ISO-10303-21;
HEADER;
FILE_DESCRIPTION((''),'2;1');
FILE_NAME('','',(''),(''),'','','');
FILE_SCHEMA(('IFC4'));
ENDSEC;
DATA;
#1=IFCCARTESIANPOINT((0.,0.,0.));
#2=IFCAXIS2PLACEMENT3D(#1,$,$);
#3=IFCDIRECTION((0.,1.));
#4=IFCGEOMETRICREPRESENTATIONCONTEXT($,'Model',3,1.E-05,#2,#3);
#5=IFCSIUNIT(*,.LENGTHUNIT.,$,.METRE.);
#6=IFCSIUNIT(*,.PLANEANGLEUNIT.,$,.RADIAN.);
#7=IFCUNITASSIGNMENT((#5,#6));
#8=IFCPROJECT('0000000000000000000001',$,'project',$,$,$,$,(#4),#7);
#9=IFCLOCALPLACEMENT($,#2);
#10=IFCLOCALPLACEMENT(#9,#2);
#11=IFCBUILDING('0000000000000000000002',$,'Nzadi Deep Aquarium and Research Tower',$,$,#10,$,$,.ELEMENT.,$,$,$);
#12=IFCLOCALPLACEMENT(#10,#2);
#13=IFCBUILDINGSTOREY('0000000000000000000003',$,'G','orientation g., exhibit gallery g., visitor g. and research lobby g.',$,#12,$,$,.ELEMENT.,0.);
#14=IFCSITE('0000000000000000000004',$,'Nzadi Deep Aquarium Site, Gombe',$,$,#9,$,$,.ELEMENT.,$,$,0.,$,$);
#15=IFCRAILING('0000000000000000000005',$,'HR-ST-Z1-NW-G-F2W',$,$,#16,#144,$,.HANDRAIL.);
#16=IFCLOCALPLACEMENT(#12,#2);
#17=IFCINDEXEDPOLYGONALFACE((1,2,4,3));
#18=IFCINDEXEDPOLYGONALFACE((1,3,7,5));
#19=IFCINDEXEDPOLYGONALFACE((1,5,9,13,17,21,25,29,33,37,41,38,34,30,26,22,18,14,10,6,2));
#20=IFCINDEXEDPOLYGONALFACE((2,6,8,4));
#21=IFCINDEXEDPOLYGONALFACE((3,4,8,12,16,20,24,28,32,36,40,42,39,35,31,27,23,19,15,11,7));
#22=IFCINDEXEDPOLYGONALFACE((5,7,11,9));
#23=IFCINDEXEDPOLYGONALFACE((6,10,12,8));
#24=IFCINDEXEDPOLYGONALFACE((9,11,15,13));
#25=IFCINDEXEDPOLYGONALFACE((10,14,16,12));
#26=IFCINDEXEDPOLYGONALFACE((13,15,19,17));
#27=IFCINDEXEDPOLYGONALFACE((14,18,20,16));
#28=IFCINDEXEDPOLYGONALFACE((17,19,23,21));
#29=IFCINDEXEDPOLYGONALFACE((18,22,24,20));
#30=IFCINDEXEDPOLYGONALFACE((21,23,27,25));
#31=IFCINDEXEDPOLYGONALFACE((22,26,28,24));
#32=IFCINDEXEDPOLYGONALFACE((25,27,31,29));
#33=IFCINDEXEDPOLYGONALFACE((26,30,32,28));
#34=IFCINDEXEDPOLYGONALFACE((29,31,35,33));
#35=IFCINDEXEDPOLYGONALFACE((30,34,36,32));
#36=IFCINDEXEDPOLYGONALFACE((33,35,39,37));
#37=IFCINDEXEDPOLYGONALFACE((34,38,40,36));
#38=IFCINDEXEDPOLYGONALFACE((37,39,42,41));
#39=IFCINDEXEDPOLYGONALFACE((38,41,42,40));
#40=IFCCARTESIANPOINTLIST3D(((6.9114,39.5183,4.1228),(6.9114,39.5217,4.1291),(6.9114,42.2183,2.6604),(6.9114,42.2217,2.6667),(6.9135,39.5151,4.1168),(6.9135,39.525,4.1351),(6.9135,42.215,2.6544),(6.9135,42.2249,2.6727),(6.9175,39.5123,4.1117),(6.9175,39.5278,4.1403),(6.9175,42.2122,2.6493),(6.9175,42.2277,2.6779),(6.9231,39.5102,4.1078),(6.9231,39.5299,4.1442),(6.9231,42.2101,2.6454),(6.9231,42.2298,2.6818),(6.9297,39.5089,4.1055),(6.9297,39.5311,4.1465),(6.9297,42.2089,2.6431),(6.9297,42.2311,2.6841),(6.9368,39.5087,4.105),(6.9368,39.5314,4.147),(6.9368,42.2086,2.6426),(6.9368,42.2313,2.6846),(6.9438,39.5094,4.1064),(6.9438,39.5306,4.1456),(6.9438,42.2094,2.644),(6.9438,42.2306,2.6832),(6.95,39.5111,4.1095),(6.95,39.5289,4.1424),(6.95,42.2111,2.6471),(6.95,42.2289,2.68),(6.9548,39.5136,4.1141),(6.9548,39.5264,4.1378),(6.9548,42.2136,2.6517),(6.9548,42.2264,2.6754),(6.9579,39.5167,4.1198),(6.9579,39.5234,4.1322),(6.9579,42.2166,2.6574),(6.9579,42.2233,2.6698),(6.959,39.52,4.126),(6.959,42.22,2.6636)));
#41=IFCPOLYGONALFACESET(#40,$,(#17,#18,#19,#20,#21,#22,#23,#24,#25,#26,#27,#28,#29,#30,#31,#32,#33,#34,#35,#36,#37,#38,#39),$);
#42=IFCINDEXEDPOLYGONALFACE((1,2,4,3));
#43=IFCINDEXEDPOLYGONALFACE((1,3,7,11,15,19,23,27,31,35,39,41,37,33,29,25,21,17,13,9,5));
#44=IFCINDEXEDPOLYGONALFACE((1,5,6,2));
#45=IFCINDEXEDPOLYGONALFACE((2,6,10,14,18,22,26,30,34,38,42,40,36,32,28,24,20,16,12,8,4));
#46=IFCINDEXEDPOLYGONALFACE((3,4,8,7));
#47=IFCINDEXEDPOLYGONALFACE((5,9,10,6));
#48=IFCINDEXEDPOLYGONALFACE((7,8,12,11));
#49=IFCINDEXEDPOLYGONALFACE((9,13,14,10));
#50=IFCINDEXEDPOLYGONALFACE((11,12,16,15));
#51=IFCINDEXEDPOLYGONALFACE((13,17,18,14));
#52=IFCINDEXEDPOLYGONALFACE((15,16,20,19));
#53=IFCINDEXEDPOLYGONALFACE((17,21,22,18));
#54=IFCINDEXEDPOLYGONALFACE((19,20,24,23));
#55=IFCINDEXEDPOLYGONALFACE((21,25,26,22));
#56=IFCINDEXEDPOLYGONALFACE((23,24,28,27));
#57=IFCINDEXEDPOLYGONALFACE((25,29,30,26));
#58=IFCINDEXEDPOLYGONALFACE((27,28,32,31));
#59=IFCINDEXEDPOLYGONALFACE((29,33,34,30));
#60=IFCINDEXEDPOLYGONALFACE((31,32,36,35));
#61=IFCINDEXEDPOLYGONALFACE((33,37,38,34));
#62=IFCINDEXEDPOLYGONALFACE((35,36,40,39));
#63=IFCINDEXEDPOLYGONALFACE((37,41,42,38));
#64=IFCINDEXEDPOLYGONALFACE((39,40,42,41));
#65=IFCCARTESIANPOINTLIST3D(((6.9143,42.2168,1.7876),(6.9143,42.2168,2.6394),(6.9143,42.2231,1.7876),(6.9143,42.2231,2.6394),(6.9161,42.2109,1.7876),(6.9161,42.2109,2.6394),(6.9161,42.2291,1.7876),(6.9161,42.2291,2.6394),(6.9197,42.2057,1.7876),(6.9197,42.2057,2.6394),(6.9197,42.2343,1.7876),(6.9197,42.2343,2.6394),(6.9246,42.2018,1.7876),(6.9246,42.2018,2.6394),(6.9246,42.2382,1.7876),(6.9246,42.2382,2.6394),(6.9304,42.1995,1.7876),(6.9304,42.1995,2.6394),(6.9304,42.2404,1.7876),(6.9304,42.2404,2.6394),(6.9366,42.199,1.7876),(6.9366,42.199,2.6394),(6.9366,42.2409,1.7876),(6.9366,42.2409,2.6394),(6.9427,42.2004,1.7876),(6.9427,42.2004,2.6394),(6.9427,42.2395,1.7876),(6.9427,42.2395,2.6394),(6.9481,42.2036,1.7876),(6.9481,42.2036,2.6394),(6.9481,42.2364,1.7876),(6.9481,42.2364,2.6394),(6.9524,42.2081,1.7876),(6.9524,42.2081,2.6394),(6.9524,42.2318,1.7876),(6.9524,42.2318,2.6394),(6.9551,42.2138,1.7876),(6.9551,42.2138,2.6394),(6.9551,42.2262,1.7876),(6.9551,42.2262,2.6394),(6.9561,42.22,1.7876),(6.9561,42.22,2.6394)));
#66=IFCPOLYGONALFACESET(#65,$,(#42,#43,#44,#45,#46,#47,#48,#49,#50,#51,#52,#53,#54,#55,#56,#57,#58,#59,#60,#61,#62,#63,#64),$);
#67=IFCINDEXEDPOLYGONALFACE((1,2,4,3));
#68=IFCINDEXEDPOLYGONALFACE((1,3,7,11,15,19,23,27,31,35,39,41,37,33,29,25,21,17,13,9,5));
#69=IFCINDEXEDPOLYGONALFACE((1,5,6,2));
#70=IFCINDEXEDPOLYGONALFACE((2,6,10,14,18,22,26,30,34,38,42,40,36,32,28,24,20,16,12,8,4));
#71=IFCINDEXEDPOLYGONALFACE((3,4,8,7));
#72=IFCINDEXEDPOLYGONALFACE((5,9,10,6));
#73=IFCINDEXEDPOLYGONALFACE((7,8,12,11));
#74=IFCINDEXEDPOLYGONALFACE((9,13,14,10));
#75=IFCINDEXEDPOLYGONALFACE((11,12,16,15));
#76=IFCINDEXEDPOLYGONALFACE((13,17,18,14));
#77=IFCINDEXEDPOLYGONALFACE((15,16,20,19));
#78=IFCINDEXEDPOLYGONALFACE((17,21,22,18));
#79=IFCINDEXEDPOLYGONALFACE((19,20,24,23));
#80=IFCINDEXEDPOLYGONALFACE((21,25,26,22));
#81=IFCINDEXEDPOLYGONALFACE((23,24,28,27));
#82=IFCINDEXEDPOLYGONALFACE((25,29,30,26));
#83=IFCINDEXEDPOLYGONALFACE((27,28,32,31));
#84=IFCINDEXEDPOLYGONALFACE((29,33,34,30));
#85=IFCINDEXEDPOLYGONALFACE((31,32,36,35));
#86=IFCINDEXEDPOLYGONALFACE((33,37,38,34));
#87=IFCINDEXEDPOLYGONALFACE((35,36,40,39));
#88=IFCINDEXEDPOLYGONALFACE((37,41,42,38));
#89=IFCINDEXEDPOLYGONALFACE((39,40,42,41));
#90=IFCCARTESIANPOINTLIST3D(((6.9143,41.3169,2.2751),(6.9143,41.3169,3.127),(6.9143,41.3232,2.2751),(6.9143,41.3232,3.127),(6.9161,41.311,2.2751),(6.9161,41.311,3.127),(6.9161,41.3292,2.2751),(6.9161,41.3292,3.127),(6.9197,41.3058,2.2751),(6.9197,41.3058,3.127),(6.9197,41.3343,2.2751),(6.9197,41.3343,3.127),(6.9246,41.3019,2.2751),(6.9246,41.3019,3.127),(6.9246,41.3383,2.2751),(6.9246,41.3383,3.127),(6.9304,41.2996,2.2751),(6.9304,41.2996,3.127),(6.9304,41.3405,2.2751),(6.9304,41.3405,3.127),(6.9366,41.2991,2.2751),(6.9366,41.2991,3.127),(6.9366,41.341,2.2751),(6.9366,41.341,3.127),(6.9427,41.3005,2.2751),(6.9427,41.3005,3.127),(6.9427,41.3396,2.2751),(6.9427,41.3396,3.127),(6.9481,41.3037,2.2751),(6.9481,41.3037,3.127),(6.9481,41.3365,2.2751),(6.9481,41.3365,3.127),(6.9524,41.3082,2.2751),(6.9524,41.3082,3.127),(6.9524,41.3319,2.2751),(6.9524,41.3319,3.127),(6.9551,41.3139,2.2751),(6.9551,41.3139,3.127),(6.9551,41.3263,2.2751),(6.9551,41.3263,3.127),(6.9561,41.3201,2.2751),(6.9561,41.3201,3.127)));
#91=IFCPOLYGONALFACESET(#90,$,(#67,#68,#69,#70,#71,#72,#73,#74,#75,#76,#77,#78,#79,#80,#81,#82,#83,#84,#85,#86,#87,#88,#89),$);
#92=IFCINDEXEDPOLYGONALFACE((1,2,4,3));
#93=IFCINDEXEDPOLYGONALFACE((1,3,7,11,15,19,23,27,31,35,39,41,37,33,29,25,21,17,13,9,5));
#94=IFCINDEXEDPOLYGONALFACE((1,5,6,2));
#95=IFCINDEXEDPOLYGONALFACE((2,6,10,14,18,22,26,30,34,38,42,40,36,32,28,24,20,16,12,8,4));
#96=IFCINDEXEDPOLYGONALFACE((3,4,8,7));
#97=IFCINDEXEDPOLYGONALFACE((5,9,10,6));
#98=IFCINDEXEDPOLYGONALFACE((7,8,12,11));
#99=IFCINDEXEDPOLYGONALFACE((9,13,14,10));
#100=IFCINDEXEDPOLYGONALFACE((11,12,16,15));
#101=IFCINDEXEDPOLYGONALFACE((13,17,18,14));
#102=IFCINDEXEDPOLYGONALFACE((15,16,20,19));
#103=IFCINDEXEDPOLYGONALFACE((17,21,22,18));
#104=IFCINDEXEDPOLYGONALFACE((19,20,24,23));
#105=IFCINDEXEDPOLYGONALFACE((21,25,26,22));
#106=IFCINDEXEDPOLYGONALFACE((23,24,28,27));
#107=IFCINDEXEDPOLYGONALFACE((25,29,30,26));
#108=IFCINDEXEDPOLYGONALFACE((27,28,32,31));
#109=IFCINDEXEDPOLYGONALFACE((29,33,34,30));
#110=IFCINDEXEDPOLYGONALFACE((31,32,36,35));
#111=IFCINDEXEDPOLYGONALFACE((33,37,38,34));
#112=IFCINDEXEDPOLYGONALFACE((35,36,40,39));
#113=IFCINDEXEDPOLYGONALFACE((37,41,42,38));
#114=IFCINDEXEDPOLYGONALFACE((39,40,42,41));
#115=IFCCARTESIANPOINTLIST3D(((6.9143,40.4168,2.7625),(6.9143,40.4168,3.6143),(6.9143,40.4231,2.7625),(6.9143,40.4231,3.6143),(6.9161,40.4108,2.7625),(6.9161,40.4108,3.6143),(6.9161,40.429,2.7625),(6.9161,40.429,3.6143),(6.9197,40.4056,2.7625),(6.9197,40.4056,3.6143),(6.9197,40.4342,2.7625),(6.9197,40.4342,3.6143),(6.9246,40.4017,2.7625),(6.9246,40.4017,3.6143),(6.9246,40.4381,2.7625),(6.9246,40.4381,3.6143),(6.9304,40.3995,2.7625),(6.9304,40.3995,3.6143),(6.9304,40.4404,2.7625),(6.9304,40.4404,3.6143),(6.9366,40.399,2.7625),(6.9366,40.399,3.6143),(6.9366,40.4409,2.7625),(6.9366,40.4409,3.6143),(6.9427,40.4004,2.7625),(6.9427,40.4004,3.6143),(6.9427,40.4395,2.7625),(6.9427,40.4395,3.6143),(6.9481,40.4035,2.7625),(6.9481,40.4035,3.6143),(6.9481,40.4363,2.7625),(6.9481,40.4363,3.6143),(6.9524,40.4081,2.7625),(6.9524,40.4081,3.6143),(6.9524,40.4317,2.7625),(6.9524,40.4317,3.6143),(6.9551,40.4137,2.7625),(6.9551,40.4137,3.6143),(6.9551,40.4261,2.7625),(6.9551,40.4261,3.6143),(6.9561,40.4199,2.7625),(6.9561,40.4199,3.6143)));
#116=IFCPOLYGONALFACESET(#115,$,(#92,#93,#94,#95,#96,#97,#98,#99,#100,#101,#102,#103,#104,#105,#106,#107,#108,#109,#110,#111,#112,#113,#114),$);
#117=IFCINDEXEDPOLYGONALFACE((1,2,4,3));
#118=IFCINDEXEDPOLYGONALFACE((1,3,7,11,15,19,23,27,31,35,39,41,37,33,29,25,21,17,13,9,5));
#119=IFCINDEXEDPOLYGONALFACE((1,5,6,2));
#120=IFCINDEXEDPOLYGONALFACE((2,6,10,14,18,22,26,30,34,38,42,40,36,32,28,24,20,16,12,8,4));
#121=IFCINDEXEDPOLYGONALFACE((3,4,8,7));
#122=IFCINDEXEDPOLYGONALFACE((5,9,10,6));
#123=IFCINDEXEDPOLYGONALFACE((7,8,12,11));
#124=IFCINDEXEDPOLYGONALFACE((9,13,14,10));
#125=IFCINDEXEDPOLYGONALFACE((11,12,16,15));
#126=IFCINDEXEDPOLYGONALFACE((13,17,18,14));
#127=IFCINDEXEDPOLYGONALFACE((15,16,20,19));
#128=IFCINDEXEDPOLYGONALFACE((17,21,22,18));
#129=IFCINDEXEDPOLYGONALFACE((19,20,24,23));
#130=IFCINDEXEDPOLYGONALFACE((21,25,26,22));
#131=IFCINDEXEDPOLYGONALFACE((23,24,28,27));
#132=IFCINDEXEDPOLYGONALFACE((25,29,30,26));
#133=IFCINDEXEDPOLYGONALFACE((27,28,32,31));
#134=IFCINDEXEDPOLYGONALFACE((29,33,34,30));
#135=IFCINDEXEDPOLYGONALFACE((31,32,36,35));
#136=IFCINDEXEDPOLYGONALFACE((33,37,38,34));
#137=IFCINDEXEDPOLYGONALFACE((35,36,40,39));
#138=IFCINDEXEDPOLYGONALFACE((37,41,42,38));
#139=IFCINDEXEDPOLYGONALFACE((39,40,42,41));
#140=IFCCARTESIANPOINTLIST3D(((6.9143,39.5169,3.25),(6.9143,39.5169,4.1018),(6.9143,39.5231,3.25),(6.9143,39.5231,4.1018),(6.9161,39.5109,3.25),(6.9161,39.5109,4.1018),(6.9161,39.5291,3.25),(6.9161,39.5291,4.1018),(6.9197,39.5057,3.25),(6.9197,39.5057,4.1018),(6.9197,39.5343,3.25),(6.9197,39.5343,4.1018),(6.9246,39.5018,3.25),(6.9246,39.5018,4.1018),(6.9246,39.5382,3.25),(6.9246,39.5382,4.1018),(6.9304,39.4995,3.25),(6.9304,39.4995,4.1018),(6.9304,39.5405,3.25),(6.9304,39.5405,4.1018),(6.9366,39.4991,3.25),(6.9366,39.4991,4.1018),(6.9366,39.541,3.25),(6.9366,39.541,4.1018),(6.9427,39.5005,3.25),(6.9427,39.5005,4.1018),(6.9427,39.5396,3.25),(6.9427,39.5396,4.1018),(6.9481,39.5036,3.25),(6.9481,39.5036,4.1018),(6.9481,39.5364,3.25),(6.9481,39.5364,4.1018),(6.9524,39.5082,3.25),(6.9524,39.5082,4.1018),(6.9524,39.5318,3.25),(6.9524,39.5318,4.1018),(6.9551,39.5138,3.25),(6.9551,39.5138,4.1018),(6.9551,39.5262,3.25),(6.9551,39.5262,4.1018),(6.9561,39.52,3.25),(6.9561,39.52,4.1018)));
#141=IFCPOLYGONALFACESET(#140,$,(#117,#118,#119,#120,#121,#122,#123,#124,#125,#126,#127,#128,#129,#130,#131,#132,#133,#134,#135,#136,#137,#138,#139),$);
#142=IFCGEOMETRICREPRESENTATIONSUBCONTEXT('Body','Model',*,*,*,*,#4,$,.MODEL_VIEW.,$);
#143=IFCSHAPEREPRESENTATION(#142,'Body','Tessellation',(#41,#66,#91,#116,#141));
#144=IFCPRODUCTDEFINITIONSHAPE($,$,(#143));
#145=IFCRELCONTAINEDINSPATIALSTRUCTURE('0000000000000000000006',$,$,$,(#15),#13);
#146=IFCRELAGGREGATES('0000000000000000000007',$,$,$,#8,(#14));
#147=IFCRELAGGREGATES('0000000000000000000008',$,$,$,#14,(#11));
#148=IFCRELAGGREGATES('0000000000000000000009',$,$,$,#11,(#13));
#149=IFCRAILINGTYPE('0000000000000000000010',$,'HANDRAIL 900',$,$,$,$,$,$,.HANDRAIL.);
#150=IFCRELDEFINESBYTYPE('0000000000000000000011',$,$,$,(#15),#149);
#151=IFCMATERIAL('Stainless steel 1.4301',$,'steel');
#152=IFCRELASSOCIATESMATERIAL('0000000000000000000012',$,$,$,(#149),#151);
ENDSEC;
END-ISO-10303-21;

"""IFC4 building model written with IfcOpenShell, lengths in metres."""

from ifc_helpers import new_model, si_unit, direction, frame, origin, origin_2d, place, context, subcontext, project, spatial, circle, extrude, material, type_object, element, save


model = new_model("IFC4")

# Units and contexts
model_context = context("Model", 3, precision=1e-05, world=origin(), true_north=direction((0.0, 1.0)))
body_context = subcontext(model_context, "Body", "Model", "MODEL_VIEW")
ifc_project = project(units=[si_unit("LENGTHUNIT", "METRE"), si_unit("PLANEANGLEUNIT", "RADIAN")], contexts=[model_context])

# Site, building, storey
site_placement = place(None, origin())
site = spatial("IfcSite", under=ifc_project, at=site_placement, Name="Nzadi Deep Aquarium Site, Gombe", CompositionType="ELEMENT", RefElevation=0.0)
building_placement = place(site_placement, origin())
building = spatial("IfcBuilding", under=site, at=building_placement, Name="Nzadi Deep Aquarium and Research Tower", CompositionType="ELEMENT")
storey_placement = place(building_placement, origin())
storey = spatial("IfcBuildingStorey", under=building, at=storey_placement, Name="G", Description="orientation g., exhibit gallery g., visitor g. and research lobby g.", CompositionType="ELEMENT", Elevation=0.0)

# Railing
ifc_material_1 = material(Name="Stainless steel 1.4301", Category="steel")
railing_type = type_object("IfcRailingType", Name="HANDRAIL 900", PredefinedType="HANDRAIL", material=ifc_material_1)
railing_1_placement = place(storey_placement, frame((6.9351, 42.22, 1.7876)))
element("IfcRailing", 1, at=railing_1_placement, inside=storey, type_object=railing_type, Name="HR-ST-Z1-NW-G-F2W", PredefinedType="HANDRAIL", context=body_context, shape_type="SweptSolid", body=[
    extrude(circle(Radius=0.0239, at=origin_2d()), frame((0.0, 0.0, 0.876), z_axis=(0.0, -0.879302, 0.476265), x_axis=(1.0, 0.0, 0.0)), (0.0, 0.0, 1.0), 3.0706),
    extrude(circle(Radius=0.021, at=origin_2d()), origin(), (0.0, 0.0, 1.0), 0.8518),
    extrude(circle(Radius=0.021, at=origin_2d()), frame((0.0, -0.8999, 0.4875)), (0.0, 0.0, 1.0), 0.8518),
    extrude(circle(Radius=0.021, at=origin_2d()), frame((0.0, -1.8, 0.9749)), (0.0, 0.0, 1.0), 0.8518),
    extrude(circle(Radius=0.021, at=origin_2d()), frame((0.0, -2.7, 1.4624)), (0.0, 0.0, 1.0), 0.8518),
])

save(model, "model.ifc")
